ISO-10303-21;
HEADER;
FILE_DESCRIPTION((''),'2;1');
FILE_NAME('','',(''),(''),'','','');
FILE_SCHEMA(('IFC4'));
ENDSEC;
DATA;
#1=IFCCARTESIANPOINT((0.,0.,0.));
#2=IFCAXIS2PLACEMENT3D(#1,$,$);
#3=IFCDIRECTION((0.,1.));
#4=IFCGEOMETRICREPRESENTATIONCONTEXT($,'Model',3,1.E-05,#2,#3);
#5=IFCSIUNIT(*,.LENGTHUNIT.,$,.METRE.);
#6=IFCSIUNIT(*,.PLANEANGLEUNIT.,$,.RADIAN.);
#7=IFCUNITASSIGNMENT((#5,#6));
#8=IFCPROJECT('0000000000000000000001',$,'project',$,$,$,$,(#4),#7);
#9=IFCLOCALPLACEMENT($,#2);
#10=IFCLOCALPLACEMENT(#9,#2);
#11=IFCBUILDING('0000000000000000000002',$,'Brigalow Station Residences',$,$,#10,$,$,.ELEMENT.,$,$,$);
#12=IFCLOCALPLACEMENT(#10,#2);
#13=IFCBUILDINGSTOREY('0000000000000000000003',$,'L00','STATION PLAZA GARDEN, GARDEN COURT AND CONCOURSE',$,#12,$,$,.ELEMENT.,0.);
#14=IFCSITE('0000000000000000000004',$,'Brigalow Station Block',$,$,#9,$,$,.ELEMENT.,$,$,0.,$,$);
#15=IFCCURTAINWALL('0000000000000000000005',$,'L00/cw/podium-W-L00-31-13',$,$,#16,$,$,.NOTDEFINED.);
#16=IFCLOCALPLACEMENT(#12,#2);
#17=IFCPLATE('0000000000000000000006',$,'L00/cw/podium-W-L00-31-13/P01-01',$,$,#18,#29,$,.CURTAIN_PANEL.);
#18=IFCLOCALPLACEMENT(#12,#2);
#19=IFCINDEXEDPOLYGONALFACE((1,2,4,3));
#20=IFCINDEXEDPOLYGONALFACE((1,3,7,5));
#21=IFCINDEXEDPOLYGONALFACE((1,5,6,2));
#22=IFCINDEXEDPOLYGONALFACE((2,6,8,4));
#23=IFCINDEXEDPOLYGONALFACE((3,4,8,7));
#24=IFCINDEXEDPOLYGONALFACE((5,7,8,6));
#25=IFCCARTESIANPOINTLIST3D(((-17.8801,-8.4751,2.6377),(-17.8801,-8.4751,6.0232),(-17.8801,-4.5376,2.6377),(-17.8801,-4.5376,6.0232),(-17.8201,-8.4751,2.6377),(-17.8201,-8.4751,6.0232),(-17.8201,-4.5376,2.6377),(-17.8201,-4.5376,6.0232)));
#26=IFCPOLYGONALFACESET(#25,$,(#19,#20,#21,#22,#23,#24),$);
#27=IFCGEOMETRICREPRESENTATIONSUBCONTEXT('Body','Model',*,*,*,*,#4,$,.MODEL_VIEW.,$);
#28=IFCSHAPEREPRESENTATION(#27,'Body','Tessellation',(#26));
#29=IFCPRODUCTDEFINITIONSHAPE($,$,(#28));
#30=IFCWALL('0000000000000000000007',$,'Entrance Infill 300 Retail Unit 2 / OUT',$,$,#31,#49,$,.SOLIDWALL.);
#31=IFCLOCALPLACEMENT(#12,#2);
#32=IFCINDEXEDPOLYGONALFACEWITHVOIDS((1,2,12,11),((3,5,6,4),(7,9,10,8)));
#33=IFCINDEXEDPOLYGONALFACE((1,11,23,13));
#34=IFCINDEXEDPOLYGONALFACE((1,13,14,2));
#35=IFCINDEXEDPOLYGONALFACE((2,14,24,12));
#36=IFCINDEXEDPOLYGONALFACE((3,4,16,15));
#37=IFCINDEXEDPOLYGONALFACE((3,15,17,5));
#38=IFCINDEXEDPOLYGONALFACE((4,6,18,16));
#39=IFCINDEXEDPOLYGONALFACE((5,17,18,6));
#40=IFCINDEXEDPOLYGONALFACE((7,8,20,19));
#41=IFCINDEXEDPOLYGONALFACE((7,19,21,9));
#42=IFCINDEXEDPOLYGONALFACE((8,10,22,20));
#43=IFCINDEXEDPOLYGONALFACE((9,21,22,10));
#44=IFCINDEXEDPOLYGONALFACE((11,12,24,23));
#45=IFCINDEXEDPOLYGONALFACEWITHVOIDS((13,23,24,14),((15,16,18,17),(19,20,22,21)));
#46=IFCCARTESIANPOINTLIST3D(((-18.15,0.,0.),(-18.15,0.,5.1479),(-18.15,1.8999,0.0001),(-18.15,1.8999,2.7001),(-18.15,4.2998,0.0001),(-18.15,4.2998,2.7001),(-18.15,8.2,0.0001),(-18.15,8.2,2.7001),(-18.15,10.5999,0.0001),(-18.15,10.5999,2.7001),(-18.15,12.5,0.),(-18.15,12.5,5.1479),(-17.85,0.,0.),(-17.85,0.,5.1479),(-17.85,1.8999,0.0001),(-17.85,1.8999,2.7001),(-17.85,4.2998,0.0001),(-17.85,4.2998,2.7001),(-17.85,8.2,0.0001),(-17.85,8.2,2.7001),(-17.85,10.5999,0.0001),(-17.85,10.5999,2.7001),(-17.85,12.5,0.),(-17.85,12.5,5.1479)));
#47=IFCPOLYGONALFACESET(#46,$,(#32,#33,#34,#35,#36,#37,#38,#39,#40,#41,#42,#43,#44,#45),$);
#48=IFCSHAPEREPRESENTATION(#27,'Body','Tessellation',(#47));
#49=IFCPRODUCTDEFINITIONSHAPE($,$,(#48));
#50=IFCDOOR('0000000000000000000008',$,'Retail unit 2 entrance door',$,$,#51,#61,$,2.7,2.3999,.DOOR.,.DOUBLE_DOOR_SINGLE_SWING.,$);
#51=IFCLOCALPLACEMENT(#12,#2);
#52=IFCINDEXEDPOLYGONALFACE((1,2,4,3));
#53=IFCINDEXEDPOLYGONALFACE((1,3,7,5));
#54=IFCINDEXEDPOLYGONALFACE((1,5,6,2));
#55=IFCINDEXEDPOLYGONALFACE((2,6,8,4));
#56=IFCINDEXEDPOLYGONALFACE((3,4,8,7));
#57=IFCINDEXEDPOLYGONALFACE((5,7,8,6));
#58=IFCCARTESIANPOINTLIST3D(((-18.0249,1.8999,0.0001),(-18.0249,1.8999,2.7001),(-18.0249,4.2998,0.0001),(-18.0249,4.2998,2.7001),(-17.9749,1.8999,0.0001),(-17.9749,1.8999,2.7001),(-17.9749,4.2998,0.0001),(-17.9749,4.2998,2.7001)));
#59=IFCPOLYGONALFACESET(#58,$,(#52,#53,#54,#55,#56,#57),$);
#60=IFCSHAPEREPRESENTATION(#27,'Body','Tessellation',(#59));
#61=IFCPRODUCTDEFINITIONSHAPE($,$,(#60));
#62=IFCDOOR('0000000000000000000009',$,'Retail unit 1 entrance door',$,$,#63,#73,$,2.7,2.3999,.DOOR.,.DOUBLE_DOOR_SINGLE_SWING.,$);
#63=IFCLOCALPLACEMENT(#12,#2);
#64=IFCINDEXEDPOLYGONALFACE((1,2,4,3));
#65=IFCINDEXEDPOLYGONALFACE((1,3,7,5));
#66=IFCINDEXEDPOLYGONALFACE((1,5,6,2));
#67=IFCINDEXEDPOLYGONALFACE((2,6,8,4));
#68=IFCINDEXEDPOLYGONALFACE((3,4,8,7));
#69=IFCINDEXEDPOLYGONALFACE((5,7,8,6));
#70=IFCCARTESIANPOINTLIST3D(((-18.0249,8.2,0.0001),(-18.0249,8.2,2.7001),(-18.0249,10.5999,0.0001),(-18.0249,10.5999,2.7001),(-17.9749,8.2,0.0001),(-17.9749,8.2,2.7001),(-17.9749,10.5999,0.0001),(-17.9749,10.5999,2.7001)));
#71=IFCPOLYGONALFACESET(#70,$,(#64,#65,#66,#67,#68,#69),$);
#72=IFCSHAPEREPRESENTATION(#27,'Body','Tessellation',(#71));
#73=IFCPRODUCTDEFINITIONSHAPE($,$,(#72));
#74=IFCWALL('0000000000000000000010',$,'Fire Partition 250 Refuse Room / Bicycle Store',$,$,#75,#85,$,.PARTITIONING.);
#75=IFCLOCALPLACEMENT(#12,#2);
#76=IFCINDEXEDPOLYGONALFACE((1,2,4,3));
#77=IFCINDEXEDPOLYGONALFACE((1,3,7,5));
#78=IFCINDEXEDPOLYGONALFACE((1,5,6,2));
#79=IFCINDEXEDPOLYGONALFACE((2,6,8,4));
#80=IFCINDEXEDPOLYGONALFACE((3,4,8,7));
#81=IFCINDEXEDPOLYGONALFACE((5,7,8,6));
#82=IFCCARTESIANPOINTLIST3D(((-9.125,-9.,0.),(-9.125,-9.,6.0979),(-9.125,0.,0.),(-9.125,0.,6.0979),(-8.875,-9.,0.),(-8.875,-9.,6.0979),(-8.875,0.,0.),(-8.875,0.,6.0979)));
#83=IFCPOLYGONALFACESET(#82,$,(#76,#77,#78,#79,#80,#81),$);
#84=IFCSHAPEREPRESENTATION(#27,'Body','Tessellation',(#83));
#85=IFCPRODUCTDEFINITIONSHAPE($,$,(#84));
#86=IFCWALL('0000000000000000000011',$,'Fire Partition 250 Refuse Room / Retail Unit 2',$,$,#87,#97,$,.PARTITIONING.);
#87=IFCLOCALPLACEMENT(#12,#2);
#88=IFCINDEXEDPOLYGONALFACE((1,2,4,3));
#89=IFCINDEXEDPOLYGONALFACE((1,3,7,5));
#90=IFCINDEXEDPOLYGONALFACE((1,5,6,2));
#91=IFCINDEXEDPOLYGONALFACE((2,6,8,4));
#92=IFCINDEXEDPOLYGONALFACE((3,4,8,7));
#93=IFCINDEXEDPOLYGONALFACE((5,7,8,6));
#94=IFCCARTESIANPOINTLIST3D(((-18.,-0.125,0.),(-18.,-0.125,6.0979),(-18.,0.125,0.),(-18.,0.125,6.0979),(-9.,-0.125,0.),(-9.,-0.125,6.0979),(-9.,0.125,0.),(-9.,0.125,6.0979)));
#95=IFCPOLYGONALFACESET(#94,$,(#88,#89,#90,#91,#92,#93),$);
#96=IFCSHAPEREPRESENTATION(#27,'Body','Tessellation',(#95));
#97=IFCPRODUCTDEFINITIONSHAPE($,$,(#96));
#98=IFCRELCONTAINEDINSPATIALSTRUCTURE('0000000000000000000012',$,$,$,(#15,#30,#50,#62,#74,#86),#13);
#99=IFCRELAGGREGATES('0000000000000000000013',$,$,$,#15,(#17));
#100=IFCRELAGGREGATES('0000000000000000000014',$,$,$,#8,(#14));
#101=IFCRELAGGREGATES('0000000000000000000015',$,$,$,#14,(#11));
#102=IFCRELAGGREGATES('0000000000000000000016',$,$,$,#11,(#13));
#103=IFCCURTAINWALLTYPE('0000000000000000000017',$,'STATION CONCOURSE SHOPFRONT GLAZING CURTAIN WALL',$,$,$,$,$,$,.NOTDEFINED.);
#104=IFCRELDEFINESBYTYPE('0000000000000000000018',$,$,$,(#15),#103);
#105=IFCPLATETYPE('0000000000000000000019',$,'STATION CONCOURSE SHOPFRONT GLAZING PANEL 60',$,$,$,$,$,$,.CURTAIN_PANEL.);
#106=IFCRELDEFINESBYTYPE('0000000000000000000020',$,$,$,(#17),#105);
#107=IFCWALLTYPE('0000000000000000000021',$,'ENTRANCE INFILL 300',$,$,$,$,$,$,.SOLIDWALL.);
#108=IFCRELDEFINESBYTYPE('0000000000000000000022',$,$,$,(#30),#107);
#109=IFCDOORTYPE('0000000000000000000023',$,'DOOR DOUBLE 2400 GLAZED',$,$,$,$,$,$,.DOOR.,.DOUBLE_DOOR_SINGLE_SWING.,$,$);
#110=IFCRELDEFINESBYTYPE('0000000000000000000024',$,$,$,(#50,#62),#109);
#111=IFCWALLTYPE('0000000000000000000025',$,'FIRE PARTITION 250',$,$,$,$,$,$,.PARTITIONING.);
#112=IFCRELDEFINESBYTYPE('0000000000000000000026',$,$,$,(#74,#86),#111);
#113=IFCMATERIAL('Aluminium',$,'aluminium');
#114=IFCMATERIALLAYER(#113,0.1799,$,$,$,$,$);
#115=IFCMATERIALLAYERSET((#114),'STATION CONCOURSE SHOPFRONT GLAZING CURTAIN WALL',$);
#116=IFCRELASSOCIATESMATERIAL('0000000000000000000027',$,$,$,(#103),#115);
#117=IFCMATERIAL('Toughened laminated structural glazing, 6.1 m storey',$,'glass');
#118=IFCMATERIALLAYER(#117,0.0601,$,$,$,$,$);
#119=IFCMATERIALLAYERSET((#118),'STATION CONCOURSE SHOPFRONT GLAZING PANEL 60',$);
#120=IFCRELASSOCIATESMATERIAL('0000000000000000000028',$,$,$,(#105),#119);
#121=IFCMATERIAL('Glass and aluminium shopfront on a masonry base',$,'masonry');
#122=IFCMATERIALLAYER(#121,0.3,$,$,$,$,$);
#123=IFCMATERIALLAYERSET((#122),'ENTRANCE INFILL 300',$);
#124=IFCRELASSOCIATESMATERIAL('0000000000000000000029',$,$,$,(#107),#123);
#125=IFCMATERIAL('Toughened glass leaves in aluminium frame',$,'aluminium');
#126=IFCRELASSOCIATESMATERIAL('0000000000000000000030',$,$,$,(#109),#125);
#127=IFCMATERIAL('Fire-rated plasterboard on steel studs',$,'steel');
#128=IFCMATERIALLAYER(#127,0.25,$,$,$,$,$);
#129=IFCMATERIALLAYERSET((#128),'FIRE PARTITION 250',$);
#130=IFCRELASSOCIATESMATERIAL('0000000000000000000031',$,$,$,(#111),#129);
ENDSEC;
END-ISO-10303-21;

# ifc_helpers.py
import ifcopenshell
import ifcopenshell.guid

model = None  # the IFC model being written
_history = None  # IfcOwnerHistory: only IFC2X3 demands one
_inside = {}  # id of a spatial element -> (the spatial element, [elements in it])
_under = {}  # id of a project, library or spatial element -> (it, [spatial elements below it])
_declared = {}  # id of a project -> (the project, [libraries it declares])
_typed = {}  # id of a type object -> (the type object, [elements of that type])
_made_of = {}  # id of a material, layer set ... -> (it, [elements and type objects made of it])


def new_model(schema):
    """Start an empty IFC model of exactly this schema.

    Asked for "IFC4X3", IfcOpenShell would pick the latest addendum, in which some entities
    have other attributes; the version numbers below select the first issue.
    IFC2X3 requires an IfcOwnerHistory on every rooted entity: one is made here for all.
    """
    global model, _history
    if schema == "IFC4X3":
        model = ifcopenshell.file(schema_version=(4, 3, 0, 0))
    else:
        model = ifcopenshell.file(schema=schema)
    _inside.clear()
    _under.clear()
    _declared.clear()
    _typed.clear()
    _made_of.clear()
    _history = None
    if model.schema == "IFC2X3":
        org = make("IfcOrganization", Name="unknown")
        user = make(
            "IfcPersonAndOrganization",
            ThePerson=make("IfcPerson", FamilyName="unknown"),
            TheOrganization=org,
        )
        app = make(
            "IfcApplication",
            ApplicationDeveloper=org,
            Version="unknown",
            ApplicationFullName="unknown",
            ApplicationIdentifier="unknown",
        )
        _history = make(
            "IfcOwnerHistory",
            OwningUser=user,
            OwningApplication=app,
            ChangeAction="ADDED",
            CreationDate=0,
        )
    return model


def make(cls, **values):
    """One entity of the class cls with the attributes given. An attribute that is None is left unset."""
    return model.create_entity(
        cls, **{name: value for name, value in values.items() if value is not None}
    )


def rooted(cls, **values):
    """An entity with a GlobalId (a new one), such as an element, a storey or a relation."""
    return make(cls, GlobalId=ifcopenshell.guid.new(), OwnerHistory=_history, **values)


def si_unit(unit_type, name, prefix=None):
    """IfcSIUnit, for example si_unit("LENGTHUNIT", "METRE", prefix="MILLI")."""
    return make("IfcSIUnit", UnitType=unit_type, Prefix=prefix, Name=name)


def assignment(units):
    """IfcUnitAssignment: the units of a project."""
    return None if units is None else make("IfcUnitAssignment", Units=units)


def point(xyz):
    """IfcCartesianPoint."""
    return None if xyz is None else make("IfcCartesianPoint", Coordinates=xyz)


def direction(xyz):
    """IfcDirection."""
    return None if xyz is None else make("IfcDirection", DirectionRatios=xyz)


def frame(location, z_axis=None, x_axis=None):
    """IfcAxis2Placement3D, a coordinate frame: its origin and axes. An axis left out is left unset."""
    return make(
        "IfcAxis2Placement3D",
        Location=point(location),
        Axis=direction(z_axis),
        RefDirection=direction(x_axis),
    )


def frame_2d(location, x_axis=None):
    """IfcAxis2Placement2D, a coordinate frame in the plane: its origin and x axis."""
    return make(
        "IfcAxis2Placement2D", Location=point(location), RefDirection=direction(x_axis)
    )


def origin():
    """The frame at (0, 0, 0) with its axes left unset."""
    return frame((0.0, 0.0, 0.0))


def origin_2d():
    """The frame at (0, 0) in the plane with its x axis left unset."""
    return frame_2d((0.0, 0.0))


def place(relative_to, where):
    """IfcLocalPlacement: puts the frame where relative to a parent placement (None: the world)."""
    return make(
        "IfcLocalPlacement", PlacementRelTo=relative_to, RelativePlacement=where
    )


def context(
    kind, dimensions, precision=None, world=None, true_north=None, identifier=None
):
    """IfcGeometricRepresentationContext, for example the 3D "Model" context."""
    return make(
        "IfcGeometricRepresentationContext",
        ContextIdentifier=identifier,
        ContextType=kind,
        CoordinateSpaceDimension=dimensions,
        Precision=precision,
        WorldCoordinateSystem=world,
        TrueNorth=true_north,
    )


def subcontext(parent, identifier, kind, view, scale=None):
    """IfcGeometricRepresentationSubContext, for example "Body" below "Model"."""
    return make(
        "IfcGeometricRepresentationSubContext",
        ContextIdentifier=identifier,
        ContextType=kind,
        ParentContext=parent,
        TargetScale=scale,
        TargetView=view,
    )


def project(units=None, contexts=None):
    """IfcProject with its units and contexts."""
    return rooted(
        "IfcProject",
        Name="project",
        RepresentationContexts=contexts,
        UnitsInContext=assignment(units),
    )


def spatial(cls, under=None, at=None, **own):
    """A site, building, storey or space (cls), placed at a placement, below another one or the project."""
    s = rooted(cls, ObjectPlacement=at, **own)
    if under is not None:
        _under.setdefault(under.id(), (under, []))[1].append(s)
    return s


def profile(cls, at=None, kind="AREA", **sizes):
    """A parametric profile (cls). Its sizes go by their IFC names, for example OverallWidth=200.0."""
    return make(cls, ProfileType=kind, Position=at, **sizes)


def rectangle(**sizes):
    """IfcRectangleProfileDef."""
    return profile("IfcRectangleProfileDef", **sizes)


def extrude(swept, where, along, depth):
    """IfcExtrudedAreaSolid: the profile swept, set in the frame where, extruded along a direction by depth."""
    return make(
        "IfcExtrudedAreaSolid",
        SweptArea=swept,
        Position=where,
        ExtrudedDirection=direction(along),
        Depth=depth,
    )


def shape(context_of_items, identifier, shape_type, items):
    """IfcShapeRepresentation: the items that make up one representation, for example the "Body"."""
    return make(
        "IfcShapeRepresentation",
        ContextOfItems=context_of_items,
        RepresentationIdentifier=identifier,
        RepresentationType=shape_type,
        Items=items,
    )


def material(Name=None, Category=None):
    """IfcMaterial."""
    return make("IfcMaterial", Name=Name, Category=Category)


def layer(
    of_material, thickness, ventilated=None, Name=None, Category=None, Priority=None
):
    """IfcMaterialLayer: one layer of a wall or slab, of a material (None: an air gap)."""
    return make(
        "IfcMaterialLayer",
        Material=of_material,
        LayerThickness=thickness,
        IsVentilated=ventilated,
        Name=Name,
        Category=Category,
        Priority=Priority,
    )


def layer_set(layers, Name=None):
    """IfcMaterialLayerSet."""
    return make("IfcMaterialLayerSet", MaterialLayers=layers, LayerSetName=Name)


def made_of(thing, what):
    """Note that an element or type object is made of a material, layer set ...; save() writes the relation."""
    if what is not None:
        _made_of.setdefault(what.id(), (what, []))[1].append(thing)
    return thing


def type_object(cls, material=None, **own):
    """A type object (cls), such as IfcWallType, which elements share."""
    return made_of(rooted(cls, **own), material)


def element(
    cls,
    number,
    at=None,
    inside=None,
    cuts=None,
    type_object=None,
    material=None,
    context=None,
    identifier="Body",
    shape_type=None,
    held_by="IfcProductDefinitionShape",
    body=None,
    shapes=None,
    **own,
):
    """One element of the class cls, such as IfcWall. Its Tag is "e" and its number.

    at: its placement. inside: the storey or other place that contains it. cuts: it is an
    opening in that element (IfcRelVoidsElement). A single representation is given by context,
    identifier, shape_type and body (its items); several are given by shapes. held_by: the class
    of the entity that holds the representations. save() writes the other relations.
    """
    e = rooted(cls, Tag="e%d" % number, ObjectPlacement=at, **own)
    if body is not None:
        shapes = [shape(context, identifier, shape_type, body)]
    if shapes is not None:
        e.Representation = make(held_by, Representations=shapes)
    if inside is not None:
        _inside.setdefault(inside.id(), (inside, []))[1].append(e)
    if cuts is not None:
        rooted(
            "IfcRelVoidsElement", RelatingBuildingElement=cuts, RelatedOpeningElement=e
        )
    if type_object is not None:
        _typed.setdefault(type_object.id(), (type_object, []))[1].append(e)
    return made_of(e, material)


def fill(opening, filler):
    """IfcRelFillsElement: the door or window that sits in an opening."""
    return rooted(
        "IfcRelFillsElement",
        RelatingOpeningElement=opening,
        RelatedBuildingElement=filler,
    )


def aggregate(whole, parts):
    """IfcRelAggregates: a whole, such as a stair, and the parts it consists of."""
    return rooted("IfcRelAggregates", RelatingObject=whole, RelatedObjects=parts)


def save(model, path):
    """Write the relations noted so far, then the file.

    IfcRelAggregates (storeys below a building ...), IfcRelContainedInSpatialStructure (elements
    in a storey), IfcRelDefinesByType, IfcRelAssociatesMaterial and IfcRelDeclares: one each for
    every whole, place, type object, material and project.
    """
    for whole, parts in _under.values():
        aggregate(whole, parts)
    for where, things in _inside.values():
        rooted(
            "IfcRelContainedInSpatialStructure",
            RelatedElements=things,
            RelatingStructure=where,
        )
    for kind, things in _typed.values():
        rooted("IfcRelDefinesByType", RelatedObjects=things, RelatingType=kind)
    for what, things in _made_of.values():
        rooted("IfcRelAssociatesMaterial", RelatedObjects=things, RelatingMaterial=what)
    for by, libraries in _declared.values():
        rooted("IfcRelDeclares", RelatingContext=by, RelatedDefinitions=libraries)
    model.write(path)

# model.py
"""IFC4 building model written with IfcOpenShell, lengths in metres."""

from ifc_helpers import new_model, si_unit, direction, frame, frame_2d, origin, origin_2d, place, context, subcontext, project, spatial, rectangle, extrude, material, layer, layer_set, type_object, element, fill, aggregate, save


model = new_model("IFC4")

# Units and contexts
model_context = context("Model", 3, precision=1e-05, world=origin(), true_north=direction((0.0, 1.0)))
body_context = subcontext(model_context, "Body", "Model", "MODEL_VIEW")
ifc_project = project(units=[si_unit("LENGTHUNIT", "METRE"), si_unit("PLANEANGLEUNIT", "RADIAN")], contexts=[model_context])

# Site, building, storey
site_placement = place(None, origin())
site = spatial("IfcSite", under=ifc_project, at=site_placement, Name="Brigalow Station Block", CompositionType="ELEMENT", RefElevation=0.0)
building_placement = place(site_placement, origin())
building = spatial("IfcBuilding", under=site, at=building_placement, Name="Brigalow Station Residences", CompositionType="ELEMENT")
storey_placement = place(building_placement, origin())
storey = spatial("IfcBuildingStorey", under=building, at=storey_placement, Name="L00", Description="STATION PLAZA GARDEN, GARDEN COURT AND CONCOURSE", CompositionType="ELEMENT", Elevation=0.0)

# Curtain wall, plate
ifc_material_1 = material(Name="Aluminium", Category="aluminium")
ifc_layer_1 = layer(ifc_material_1, 0.1799)
ifc_layer_set_1 = layer_set([ifc_layer_1], Name="STATION CONCOURSE SHOPFRONT GLAZING CURTAIN WALL")
curtain_wall_type = type_object("IfcCurtainWallType", Name="STATION CONCOURSE SHOPFRONT GLAZING CURTAIN WALL", PredefinedType="NOTDEFINED", material=ifc_layer_set_1)
curtain_wall_placement = place(storey_placement, origin())
curtain_wall = element("IfcCurtainWall", 1, at=curtain_wall_placement, inside=storey, type_object=curtain_wall_type, Name="L00/cw/podium-W-L00-31-13", PredefinedType="NOTDEFINED")
ifc_material_2 = material(Name="Toughened laminated structural glazing, 6.1 m storey", Category="glass")
ifc_layer_2 = layer(ifc_material_2, 0.0601)
ifc_layer_set_2 = layer_set([ifc_layer_2], Name="STATION CONCOURSE SHOPFRONT GLAZING PANEL 60")
plate_type = type_object("IfcPlateType", Name="STATION CONCOURSE SHOPFRONT GLAZING PANEL 60", PredefinedType="CURTAIN_PANEL", material=ifc_layer_set_2)
plate_1_placement = place(storey_placement, frame((-17.8501, -6.5063, 2.6377), z_axis=(0.0, 0.0, 1.0), x_axis=(0.0, -1.0, 0.0)))
plate_1 = element("IfcPlate", 2, at=plate_1_placement, type_object=plate_type, Name="L00/cw/podium-W-L00-31-13/P01-01", PredefinedType="CURTAIN_PANEL", context=body_context, shape_type="SweptSolid", body=[
    extrude(rectangle(XDim=3.9375, YDim=0.0601, at=origin_2d()), origin(), (0.0, 0.0, 1.0), 3.3855),
])
aggregate(curtain_wall, [plate_1])

# Shared definitions
ifc_material_3 = material(Name="Glass and aluminium shopfront on a masonry base", Category="masonry")
ifc_layer_3 = layer(ifc_material_3, 0.3)
ifc_layer_set_3 = layer_set([ifc_layer_3], Name="ENTRANCE INFILL 300")
wall_type_1 = type_object("IfcWallType", Name="ENTRANCE INFILL 300", PredefinedType="SOLIDWALL", material=ifc_layer_set_3)

# Wall, openings, doors
wall_1_placement = place(storey_placement, frame((-18.0, 0.0, 0.0), z_axis=(0.0, 0.0, 1.0), x_axis=(0.0, 1.0, 0.0)))
wall_1 = element("IfcWall", 3, at=wall_1_placement, inside=storey, type_object=wall_type_1, Name="Entrance Infill 300 Retail Unit 2 / OUT", PredefinedType="SOLIDWALL", context=body_context, shape_type="SweptSolid", body=[
    extrude(rectangle(XDim=12.5, YDim=0.3, at=frame_2d((6.25, 0.0))), origin(), (0.0, 0.0, 1.0), 5.1479),
])
opening_1_placement = place(wall_1_placement, frame((1.8999, 0.0, 0.0)))
opening_1 = element("IfcOpeningElement", 4, at=opening_1_placement, cuts=wall_1, PredefinedType="OPENING", context=body_context, shape_type="SweptSolid", body=[
    extrude(rectangle(XDim=2.3999, YDim=2.7, at=frame_2d((1.2, 1.3501))), frame((0.0, 0.1602, 0.0), z_axis=(0.0, -1.0, 0.0), x_axis=(1.0, 0.0, 0.0)), (0.0, 0.0, 1.0), 0.3201),
])
opening_2_placement = place(wall_1_placement, frame((8.2, 0.0, 0.0)))
opening_2 = element("IfcOpeningElement", 5, at=opening_2_placement, cuts=wall_1, PredefinedType="OPENING", context=body_context, shape_type="SweptSolid", body=[
    extrude(rectangle(XDim=2.3999, YDim=2.7, at=frame_2d((1.2, 1.3501))), frame((0.0, 0.1602, 0.0), z_axis=(0.0, -1.0, 0.0), x_axis=(1.0, 0.0, 0.0)), (0.0, 0.0, 1.0), 0.3201),
])
ifc_material_4 = material(Name="Toughened glass leaves in aluminium frame", Category="aluminium")
door_type_1 = type_object("IfcDoorType", Name="DOOR DOUBLE 2400 GLAZED", OperationType="DOUBLE_DOOR_SINGLE_SWING", PredefinedType="DOOR", material=ifc_material_4)
door_1_placement = place(opening_1_placement, origin())
door_1 = element("IfcDoor", 6, at=door_1_placement, inside=storey, type_object=door_type_1, Name="Retail unit 2 entrance door", OperationType="DOUBLE_DOOR_SINGLE_SWING", OverallHeight=2.7, OverallWidth=2.3999, PredefinedType="DOOR", context=body_context, shape_type="SweptSolid", body=[
    extrude(rectangle(XDim=2.3999, YDim=2.7, at=frame_2d((1.2, 1.3501))), frame((0.0, 0.0249, 0.0), z_axis=(0.0, -1.0, 0.0), x_axis=(1.0, 0.0, 0.0)), (0.0, 0.0, 1.0), 0.05),
])
fill(opening_1, door_1)
door_2_placement = place(opening_2_placement, origin())
door_2 = element("IfcDoor", 7, at=door_2_placement, inside=storey, type_object=door_type_1, Name="Retail unit 1 entrance door", OperationType="DOUBLE_DOOR_SINGLE_SWING", OverallHeight=2.7, OverallWidth=2.3999, PredefinedType="DOOR", context=body_context, shape_type="SweptSolid", body=[
    extrude(rectangle(XDim=2.3999, YDim=2.7, at=frame_2d((1.2, 1.3501))), frame((0.0, 0.0249, 0.0), z_axis=(0.0, -1.0, 0.0), x_axis=(1.0, 0.0, 0.0)), (0.0, 0.0, 1.0), 0.05),
])
fill(opening_2, door_2)

# Walls
ifc_material_5 = material(Name="Fire-rated plasterboard on steel studs", Category="steel")
ifc_layer_4 = layer(ifc_material_5, 0.25)
ifc_layer_set_4 = layer_set([ifc_layer_4], Name="FIRE PARTITION 250")
wall_type_2 = type_object("IfcWallType", Name="FIRE PARTITION 250", PredefinedType="PARTITIONING", material=ifc_layer_set_4)
for number, where, z_axis, x_axis, name in (
    (8, (-9.0, -9.0, 0.0), (0.0, 0.0, 1.0), (0.0, 1.0, 0.0), "Fire Partition 250 Refuse Room / Bicycle Store"),
    (9, (-18.0, 0.0, 0.0), (0.0, 0.0, 1.0), (1.0, 0.0, 0.0), "Fire Partition 250 Refuse Room / Retail Unit 2"),
):
    element("IfcWall", number, at=place(storey_placement, frame(where, z_axis=z_axis, x_axis=x_axis)), inside=storey, type_object=wall_type_2, Name=name, PredefinedType="PARTITIONING", context=body_context, shape_type="SweptSolid", body=[
        extrude(rectangle(XDim=9.0, YDim=0.25, at=frame_2d((4.5, 0.0))), origin(), (0.0, 0.0, 1.0), 6.0979),
    ])

save(model, "model.ifc")
